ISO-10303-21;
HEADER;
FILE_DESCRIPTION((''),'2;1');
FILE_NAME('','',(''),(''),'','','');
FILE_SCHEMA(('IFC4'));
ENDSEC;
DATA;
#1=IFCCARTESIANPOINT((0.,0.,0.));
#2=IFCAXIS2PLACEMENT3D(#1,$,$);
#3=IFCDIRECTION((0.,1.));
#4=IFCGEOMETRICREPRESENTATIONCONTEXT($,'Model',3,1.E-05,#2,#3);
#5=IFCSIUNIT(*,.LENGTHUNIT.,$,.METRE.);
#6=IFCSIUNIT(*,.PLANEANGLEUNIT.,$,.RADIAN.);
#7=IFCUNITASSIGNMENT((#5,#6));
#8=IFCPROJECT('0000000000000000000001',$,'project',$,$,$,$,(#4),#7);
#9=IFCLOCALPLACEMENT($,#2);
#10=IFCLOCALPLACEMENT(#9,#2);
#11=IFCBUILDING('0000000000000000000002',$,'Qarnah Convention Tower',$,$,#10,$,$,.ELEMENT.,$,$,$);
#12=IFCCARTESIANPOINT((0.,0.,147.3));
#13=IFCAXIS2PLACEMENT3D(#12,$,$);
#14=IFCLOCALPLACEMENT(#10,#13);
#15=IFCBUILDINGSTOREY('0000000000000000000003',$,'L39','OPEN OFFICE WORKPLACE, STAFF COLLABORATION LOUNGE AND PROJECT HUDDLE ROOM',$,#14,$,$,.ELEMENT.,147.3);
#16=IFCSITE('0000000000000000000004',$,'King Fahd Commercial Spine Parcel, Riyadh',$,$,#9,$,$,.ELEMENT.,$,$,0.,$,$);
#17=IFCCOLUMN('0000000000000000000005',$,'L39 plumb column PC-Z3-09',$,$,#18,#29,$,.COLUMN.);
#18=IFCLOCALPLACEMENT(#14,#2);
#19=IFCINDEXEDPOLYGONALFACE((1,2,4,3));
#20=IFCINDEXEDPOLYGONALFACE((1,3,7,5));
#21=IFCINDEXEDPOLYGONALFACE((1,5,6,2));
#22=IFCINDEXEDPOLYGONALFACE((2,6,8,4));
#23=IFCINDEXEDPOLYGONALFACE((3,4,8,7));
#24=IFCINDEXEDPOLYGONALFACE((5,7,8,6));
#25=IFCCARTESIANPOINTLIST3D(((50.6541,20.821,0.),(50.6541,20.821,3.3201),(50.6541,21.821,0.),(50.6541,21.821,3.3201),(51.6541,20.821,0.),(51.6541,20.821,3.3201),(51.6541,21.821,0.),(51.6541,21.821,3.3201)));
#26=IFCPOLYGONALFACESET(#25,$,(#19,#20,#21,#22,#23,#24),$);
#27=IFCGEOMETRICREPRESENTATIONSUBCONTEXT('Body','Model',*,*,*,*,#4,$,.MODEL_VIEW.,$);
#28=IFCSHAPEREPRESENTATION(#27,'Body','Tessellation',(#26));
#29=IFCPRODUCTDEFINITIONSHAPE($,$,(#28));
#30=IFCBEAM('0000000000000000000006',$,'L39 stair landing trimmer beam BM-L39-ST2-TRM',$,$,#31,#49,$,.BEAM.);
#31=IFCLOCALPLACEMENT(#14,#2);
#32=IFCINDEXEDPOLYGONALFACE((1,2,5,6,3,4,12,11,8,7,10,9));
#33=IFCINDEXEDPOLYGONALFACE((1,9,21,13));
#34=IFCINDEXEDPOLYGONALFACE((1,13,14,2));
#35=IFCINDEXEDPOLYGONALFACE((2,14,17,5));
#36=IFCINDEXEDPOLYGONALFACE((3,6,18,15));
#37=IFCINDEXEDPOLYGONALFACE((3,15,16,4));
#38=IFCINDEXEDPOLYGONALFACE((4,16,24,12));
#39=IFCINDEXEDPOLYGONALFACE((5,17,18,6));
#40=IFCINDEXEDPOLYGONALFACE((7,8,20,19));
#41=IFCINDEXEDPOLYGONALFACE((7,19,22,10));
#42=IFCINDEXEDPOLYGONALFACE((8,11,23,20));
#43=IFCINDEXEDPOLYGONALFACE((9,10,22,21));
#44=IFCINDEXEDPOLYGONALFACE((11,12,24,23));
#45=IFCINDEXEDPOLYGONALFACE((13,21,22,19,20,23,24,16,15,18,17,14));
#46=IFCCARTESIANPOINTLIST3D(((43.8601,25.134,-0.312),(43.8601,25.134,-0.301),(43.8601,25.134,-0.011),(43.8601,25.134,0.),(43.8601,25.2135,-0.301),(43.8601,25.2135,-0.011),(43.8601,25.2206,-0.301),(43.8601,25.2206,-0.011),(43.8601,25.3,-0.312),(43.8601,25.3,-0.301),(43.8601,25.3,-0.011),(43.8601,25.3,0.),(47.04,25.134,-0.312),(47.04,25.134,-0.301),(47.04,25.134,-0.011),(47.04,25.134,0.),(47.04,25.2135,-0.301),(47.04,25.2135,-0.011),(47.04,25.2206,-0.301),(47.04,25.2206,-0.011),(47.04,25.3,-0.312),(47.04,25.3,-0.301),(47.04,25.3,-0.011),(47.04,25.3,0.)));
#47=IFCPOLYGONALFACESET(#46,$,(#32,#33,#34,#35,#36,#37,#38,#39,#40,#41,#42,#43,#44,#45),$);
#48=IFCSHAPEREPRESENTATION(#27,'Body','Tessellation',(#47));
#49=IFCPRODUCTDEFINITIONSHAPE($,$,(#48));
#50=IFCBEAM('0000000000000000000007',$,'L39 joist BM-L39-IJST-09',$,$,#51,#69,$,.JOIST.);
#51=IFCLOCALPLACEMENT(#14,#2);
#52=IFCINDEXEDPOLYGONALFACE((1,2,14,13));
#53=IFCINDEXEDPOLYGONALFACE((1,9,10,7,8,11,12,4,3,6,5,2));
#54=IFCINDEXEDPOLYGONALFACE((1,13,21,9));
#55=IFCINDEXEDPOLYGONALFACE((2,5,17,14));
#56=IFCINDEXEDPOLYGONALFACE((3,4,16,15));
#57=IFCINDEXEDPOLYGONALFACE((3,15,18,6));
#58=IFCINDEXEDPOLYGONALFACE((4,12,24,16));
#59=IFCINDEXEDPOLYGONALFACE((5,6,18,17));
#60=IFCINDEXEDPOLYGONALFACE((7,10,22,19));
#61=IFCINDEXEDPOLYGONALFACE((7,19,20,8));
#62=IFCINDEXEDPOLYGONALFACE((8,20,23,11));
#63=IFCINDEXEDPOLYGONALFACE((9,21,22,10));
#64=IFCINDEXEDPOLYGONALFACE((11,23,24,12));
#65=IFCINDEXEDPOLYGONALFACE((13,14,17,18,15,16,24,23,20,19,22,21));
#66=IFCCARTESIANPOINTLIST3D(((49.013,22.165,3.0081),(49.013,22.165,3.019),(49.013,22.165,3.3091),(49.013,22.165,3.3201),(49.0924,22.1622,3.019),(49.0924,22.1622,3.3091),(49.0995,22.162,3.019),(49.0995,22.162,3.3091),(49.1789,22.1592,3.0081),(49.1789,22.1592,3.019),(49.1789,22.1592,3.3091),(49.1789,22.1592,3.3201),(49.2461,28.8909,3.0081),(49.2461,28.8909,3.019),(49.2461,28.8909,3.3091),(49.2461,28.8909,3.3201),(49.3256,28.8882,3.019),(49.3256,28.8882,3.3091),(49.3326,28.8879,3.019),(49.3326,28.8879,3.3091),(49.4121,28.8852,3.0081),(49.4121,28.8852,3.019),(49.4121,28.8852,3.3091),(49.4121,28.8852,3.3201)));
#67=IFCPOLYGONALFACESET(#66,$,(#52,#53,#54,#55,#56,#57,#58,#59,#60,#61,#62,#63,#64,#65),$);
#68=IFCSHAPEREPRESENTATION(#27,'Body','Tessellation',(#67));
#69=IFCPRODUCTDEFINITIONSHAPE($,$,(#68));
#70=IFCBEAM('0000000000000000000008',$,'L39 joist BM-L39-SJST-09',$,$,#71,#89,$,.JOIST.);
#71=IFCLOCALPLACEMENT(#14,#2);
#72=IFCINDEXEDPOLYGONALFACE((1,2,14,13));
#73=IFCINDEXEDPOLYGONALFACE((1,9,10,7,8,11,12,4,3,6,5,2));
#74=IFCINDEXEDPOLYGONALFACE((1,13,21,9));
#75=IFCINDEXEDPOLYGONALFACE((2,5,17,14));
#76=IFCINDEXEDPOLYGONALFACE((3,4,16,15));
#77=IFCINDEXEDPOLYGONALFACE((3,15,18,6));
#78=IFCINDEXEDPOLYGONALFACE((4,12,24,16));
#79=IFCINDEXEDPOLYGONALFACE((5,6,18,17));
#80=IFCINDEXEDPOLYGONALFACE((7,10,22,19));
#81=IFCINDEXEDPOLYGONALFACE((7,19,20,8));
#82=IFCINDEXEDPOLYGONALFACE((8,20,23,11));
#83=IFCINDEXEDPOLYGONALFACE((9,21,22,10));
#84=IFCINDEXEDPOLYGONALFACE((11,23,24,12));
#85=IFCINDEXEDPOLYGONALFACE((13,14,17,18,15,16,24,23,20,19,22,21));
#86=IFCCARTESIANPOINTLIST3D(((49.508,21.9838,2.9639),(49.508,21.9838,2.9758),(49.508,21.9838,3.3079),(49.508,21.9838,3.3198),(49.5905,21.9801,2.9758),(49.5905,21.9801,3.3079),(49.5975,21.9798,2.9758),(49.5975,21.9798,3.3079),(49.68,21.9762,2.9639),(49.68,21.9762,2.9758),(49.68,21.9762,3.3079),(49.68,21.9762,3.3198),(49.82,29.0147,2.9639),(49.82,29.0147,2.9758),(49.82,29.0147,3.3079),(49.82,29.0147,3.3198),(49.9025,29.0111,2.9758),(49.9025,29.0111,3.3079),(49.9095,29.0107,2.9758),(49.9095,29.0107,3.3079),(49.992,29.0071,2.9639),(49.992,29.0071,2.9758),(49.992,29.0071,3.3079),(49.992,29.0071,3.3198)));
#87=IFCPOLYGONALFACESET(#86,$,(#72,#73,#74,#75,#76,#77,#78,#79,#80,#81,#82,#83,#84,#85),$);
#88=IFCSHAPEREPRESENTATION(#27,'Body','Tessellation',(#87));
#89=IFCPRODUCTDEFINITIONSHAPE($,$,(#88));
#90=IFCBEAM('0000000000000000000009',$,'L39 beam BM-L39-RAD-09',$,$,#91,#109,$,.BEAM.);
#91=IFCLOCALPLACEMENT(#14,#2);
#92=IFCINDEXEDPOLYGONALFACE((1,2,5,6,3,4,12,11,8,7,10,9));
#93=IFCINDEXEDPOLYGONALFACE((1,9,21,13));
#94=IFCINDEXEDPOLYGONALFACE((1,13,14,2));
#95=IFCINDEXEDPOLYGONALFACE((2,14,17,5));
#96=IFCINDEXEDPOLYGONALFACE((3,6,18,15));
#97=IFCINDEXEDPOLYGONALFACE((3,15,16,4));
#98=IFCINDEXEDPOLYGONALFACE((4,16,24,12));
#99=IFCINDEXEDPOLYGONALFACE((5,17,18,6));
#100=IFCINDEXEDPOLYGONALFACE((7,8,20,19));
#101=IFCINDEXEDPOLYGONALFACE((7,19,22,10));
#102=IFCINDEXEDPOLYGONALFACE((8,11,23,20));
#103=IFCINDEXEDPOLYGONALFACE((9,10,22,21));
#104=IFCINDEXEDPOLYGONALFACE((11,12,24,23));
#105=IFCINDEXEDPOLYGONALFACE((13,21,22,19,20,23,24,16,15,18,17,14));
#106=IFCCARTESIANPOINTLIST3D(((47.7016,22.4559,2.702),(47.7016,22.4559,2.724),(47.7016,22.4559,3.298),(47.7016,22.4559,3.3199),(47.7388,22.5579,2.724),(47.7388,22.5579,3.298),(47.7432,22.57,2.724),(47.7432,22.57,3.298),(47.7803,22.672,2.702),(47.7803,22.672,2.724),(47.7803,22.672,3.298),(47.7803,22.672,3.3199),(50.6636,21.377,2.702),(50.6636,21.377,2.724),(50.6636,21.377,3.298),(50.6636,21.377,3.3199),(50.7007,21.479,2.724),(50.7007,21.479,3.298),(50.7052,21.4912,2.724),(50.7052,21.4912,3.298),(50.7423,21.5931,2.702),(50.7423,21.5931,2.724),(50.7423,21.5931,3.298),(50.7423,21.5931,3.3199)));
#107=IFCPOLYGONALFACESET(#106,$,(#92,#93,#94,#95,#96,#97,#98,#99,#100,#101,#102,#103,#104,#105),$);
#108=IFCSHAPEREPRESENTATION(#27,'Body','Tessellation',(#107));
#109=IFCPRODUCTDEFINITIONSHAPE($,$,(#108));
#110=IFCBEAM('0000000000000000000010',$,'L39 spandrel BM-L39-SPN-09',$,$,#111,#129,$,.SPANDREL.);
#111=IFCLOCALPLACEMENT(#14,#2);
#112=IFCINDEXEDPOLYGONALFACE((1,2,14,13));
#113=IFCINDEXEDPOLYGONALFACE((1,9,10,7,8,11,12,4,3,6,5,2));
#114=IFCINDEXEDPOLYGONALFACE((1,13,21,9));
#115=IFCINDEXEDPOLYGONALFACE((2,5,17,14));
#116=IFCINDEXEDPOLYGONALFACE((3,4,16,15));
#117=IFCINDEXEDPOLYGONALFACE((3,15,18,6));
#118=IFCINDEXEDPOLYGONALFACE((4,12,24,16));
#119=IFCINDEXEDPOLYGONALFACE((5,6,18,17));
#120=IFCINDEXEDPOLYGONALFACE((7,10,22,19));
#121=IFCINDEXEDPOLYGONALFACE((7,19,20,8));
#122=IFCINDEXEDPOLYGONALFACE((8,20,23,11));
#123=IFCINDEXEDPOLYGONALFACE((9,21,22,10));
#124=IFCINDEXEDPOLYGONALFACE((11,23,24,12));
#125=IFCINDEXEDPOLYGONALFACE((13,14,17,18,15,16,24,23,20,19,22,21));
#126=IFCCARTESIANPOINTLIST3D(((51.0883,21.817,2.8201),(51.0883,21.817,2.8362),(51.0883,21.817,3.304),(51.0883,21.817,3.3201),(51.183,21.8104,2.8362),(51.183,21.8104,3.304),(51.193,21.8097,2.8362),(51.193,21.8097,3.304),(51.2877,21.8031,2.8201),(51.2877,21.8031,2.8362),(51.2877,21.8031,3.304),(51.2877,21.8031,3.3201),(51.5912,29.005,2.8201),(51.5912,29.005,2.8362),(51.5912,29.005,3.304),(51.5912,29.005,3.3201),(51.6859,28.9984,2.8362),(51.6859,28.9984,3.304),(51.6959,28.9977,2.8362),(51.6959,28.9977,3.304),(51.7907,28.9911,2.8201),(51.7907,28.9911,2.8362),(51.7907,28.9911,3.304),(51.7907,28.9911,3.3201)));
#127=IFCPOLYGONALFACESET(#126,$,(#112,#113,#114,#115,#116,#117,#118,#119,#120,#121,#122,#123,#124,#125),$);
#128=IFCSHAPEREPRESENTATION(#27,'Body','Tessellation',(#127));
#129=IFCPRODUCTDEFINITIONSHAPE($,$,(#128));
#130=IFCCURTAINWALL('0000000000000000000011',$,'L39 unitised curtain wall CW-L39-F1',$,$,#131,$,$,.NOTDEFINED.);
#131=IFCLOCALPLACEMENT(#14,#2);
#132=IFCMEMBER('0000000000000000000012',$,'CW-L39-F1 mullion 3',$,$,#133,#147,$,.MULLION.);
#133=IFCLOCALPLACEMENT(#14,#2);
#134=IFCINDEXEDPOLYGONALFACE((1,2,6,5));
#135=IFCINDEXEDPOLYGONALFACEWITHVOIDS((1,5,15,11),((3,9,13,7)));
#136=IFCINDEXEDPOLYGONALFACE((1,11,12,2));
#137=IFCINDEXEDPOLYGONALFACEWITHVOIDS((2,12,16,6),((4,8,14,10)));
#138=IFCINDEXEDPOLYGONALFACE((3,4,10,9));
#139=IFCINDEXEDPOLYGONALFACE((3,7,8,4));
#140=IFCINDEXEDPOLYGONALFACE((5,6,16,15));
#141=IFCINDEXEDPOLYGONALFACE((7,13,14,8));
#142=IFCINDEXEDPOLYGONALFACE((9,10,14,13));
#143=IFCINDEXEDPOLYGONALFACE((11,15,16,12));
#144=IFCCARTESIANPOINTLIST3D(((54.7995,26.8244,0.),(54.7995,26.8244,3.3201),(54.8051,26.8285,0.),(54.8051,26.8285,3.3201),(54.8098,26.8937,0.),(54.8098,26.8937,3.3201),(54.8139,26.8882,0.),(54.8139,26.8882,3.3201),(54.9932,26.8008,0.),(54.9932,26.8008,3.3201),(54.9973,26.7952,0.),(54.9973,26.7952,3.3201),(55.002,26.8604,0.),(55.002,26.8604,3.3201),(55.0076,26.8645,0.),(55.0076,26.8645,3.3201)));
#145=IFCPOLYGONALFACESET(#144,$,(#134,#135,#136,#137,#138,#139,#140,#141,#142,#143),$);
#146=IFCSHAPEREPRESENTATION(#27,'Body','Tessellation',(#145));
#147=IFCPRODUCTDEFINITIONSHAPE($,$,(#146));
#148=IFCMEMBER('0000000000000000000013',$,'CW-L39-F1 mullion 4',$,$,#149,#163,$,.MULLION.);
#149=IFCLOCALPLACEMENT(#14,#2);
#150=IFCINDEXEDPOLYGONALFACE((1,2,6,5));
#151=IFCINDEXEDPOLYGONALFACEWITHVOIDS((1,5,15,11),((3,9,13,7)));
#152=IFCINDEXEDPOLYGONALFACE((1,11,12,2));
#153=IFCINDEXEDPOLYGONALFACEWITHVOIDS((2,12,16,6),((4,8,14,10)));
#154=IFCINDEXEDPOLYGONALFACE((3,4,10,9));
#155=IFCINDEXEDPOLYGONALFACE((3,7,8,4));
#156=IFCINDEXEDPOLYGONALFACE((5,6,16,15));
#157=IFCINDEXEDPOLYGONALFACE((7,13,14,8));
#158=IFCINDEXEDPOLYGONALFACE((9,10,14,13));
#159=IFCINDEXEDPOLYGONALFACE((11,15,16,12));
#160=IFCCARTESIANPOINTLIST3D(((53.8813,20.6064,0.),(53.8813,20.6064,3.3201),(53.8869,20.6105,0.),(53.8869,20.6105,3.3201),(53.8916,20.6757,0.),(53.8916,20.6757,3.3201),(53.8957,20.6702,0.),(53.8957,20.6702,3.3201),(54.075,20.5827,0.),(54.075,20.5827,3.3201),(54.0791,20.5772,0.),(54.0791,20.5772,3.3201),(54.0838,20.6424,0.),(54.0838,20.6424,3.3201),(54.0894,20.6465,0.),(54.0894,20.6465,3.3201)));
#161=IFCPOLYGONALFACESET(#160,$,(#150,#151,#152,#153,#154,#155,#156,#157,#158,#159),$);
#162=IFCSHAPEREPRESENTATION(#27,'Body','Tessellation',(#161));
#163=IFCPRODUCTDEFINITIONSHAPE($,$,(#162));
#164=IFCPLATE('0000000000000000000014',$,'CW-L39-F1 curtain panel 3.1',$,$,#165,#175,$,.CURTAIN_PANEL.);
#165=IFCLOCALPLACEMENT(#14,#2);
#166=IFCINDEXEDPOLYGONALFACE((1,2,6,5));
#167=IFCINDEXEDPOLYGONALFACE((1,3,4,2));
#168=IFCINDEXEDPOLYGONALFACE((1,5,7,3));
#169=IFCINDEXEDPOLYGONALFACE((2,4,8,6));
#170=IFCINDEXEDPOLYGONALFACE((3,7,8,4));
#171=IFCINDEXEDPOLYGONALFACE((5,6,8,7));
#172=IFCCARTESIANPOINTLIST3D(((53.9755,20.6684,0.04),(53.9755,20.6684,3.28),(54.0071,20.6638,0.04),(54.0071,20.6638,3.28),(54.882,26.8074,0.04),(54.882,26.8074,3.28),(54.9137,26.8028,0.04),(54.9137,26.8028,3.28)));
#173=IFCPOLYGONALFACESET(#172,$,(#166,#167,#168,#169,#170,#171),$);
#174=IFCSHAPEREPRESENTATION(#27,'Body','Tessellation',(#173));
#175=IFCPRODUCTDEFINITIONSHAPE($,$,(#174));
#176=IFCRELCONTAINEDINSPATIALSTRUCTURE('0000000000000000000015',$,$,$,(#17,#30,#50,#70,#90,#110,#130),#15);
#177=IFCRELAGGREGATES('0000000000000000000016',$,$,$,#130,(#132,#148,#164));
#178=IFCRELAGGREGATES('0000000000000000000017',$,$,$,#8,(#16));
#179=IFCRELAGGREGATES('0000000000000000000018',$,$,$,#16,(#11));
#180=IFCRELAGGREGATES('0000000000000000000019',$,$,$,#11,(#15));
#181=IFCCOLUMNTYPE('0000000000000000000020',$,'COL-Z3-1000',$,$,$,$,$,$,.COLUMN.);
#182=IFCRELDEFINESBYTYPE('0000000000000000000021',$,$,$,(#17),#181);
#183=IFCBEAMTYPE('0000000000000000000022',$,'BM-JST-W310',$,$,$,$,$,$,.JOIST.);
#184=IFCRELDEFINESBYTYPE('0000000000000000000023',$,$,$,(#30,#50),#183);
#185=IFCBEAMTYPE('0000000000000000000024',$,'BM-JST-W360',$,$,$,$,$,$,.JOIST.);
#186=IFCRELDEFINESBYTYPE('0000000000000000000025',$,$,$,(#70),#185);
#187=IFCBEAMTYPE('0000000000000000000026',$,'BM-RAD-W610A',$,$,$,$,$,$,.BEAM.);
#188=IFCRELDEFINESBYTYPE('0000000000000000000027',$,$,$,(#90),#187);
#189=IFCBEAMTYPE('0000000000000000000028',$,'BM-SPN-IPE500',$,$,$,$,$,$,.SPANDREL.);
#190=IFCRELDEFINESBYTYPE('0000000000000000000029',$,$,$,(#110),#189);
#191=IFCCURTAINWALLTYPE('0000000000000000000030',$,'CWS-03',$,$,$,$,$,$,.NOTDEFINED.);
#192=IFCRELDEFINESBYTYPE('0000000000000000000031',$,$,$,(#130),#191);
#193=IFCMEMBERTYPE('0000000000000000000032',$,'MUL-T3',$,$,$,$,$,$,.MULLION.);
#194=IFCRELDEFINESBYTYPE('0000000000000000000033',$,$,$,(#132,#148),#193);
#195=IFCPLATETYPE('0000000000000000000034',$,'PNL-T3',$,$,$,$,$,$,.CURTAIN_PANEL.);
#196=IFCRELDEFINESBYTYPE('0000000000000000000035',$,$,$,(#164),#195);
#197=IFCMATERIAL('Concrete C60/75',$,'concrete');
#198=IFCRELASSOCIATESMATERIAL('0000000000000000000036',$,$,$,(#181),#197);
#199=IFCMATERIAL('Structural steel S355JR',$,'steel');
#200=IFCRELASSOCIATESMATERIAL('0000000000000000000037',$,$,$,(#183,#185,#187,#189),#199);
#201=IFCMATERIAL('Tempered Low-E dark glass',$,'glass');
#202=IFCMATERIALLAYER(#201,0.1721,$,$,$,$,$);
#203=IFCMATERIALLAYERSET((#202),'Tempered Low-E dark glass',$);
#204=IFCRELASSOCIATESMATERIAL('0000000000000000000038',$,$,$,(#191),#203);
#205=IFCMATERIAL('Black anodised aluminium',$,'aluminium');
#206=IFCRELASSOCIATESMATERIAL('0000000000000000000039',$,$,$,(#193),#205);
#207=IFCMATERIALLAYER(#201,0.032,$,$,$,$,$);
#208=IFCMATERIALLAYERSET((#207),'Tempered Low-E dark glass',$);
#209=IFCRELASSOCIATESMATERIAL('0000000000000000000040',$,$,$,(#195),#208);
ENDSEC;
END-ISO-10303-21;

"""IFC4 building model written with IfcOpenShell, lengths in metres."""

from ifc_helpers import new_model, si_unit, direction, frame, origin, origin_2d, place, context, subcontext, project, spatial, rectangle, hollow_rectangle, i_section, extrude, material, layer, layer_set, material_profile, profile_set, type_object, element, aggregate, save


model = new_model("IFC4")

# Units and contexts
model_context = context("Model", 3, precision=1e-05, world=origin(), true_north=direction((0.0, 1.0)))
body_context = subcontext(model_context, "Body", "Model", "MODEL_VIEW")
ifc_project = project(units=[si_unit("LENGTHUNIT", "METRE"), si_unit("PLANEANGLEUNIT", "RADIAN")], contexts=[model_context])

# Site, building, storey
site_placement = place(None, origin())
site = spatial("IfcSite", under=ifc_project, at=site_placement, Name="King Fahd Commercial Spine Parcel, Riyadh", CompositionType="ELEMENT", RefElevation=0.0)
building_placement = place(site_placement, origin())
building = spatial("IfcBuilding", under=site, at=building_placement, Name="Qarnah Convention Tower", CompositionType="ELEMENT")
storey_placement = place(building_placement, frame((0.0, 0.0, 147.3)))
storey = spatial("IfcBuildingStorey", under=building, at=storey_placement, Name="L39", Description="OPEN OFFICE WORKPLACE, STAFF COLLABORATION LOUNGE AND PROJECT HUDDLE ROOM", CompositionType="ELEMENT", Elevation=147.3)

# Column
ifc_material_1 = material(Name="Concrete C60/75", Category="concrete")
ifc_material_profile_1 = material_profile(ifc_material_1, rectangle(XDim=1.0, YDim=1.0, at=origin_2d()), Name="RC-COL-1000X1000")
ifc_profile_set_1 = profile_set([ifc_material_profile_1], Name="Concrete C60/75")
column_type = type_object("IfcColumnType", Name="COL-Z3-1000", PredefinedType="COLUMN", material=ifc_profile_set_1)
column_placement = place(storey_placement, frame((51.1541, 21.321, 0.0), z_axis=(0.0, 0.0, 1.0), x_axis=(1.0, 0.0, 0.0)))
element("IfcColumn", 1, at=column_placement, inside=storey, type_object=column_type, Name="L39 plumb column PC-Z3-09", PredefinedType="COLUMN", context=body_context, shape_type="SweptSolid", body=[
    extrude(rectangle(XDim=1.0, YDim=1.0, at=origin_2d()), origin(), (0.0, 0.0, 1.0), 3.3201),
])

# Beams
ifc_material_2 = material(Name="Structural steel S355JR", Category="steel")
ifc_material_profile_2 = material_profile(ifc_material_2, i_section(OverallWidth=0.166, OverallDepth=0.312, WebThickness=0.0071, FlangeThickness=0.011, at=origin_2d()), Name="W310X45")
ifc_profile_set_2 = profile_set([ifc_material_profile_2], Name="Structural steel S355JR")
beam_type_1 = type_object("IfcBeamType", Name="BM-JST-W310", PredefinedType="JOIST", material=ifc_profile_set_2)
beam_1_placement = place(storey_placement, frame((43.8601, 25.217, -0.156), z_axis=(1.0, 0.0, 0.0), x_axis=(0.0, 1.0, 0.0)))
element("IfcBeam", 2, at=beam_1_placement, inside=storey, type_object=beam_type_1, Name="L39 stair landing trimmer beam BM-L39-ST2-TRM", PredefinedType="BEAM", context=body_context, shape_type="SweptSolid", body=[
    extrude(i_section(OverallWidth=0.166, OverallDepth=0.312, WebThickness=0.0071, FlangeThickness=0.011, at=origin_2d()), origin(), (0.0, 0.0, 1.0), 3.1799),
])
beam_2_placement = place(storey_placement, frame((49.0959, 22.1621, 3.1641), z_axis=(0.034645, 0.9994, 0.0), x_axis=(-0.9994, 0.034645, 0.0)))
element("IfcBeam", 3, at=beam_2_placement, inside=storey, type_object=beam_type_1, Name="L39 joist BM-L39-IJST-09", PredefinedType="JOIST", context=body_context, shape_type="SweptSolid", body=[
    extrude(i_section(OverallWidth=0.166, OverallDepth=0.312, WebThickness=0.0071, FlangeThickness=0.011, at=origin_2d()), origin(), (0.0, 0.0, 1.0), 6.73),
])
ifc_material_profile_3 = material_profile(ifc_material_2, i_section(OverallWidth=0.1721, OverallDepth=0.356, WebThickness=0.0071, FlangeThickness=0.012, at=origin_2d()), Name="W360X51")
ifc_profile_set_3 = profile_set([ifc_material_profile_3], Name="Structural steel S355JR")
beam_type_2 = type_object("IfcBeamType", Name="BM-JST-W360", PredefinedType="JOIST", material=ifc_profile_set_3)
beam_3_placement = place(storey_placement, frame((49.594, 21.98, 3.1418), z_axis=(0.044333, 0.999017, 0.0), x_axis=(-0.999017, 0.044333, 0.0)))
element("IfcBeam", 4, at=beam_3_placement, inside=storey, type_object=beam_type_2, Name="L39 joist BM-L39-SJST-09", PredefinedType="JOIST", context=body_context, shape_type="SweptSolid", body=[
    extrude(i_section(OverallWidth=0.1721, OverallDepth=0.356, WebThickness=0.0071, FlangeThickness=0.012, at=origin_2d()), origin(), (0.0, 0.0, 1.0), 7.0378),
])
ifc_material_profile_4 = material_profile(ifc_material_2, i_section(OverallWidth=0.23, OverallDepth=0.6179, WebThickness=0.0129, FlangeThickness=0.022, at=origin_2d()), Name="W610X140")
ifc_profile_set_4 = profile_set([ifc_material_profile_4], Name="Structural steel S355JR")
beam_type_3 = type_object("IfcBeamType", Name="BM-RAD-W610A", PredefinedType="BEAM", material=ifc_profile_set_4)
beam_4_placement = place(storey_placement, frame((47.741, 22.564, 3.011), z_axis=(0.93961, -0.342247, 0.0), x_axis=(0.342247, 0.93961, 0.0)))
element("IfcBeam", 5, at=beam_4_placement, inside=storey, type_object=beam_type_3, Name="L39 beam BM-L39-RAD-09", PredefinedType="BEAM", context=body_context, shape_type="SweptSolid", body=[
    extrude(i_section(OverallWidth=0.23, OverallDepth=0.6179, WebThickness=0.0129, FlangeThickness=0.022, at=origin_2d()), origin(), (0.0, 0.0, 1.0), 3.1523),
])
ifc_material_profile_5 = material_profile(ifc_material_2, i_section(OverallWidth=0.2, OverallDepth=0.5, WebThickness=0.01, FlangeThickness=0.0161, at=origin_2d()), Name="IPE500")
ifc_profile_set_5 = profile_set([ifc_material_profile_5], Name="Structural steel S355JR")
beam_type_4 = type_object("IfcBeamType", Name="BM-SPN-IPE500", PredefinedType="SPANDREL", material=ifc_profile_set_5)
beam_5_placement = place(storey_placement, frame((51.188, 21.8101, 3.0701), z_axis=(0.069797, 0.997561, 0.0), x_axis=(-0.997561, 0.069797, 0.0)))
element("IfcBeam", 6, at=beam_5_placement, inside=storey, type_object=beam_type_4, Name="L39 spandrel BM-L39-SPN-09", PredefinedType="SPANDREL", context=body_context, shape_type="SweptSolid", body=[
    extrude(i_section(OverallWidth=0.2, OverallDepth=0.5, WebThickness=0.01, FlangeThickness=0.0161, at=origin_2d()), origin(), (0.0, 0.0, 1.0), 7.2056),
])

# Curtain wall, members, plate
ifc_material_3 = material(Name="Tempered Low-E dark glass", Category="glass")
ifc_layer_1 = layer(ifc_material_3, 0.1721)
ifc_layer_set_1 = layer_set([ifc_layer_1], Name="Tempered Low-E dark glass")
curtain_wall_type = type_object("IfcCurtainWallType", Name="CWS-03", PredefinedType="NOTDEFINED", material=ifc_layer_set_1)
curtain_wall_placement = place(storey_placement, origin())
curtain_wall = element("IfcCurtainWall", 7, at=curtain_wall_placement, inside=storey, type_object=curtain_wall_type, Name="L39 unitised curtain wall CW-L39-F1", PredefinedType="NOTDEFINED")
ifc_material_4 = material(Name="Black anodised aluminium", Category="aluminium")
ifc_material_profile_6 = material_profile(ifc_material_4, hollow_rectangle(XDim=0.0701, YDim=0.2, WallThickness=0.0049, at=origin_2d()), Name="MUL-70X200")
ifc_profile_set_6 = profile_set([ifc_material_profile_6], Name="Black anodised aluminium")
member_type = type_object("IfcMemberType", Name="MUL-T3", PredefinedType="MULLION", material=ifc_profile_set_6)
member_1_placement = place(storey_placement, frame((54.9036, 26.8445, 0.0), z_axis=(0.0, 0.0, 1.0), x_axis=(-0.146079, -0.989273, 0.0)))
member_1 = element("IfcMember", 8, at=member_1_placement, type_object=member_type, Name="CW-L39-F1 mullion 3", PredefinedType="MULLION", context=body_context, shape_type="SweptSolid", body=[
    extrude(hollow_rectangle(XDim=0.0701, YDim=0.2, WallThickness=0.0049, at=origin_2d()), origin(), (0.0, 0.0, 1.0), 3.3201),
])
member_2_placement = place(storey_placement, frame((53.9854, 20.6265, 0.0), z_axis=(0.0, 0.0, 1.0), x_axis=(-0.146079, -0.989273, 0.0)))
member_2 = element("IfcMember", 9, at=member_2_placement, type_object=member_type, Name="CW-L39-F1 mullion 4", PredefinedType="MULLION", context=body_context, shape_type="SweptSolid", body=[
    extrude(hollow_rectangle(XDim=0.0701, YDim=0.2, WallThickness=0.0049, at=origin_2d()), origin(), (0.0, 0.0, 1.0), 3.3201),
])
ifc_layer_2 = layer(ifc_material_3, 0.032)
ifc_layer_set_2 = layer_set([ifc_layer_2], Name="Tempered Low-E dark glass")
plate_type = type_object("IfcPlateType", Name="PNL-T3", PredefinedType="CURTAIN_PANEL", material=ifc_layer_set_2)
plate_placement = place(storey_placement, frame((54.4446, 23.7356, 0.04), z_axis=(0.0, 0.0, 1.0), x_axis=(-0.146079, -0.989273, 0.0)))
plate = element("IfcPlate", 10, at=plate_placement, type_object=plate_type, Name="CW-L39-F1 curtain panel 3.1", PredefinedType="CURTAIN_PANEL", context=body_context, shape_type="SweptSolid", body=[
    extrude(rectangle(XDim=6.2056, YDim=0.032, at=origin_2d()), origin(), (0.0, 0.0, 1.0), 3.24),
])
aggregate(curtain_wall, [member_1, member_2, plate])

save(model, "model.ifc")
